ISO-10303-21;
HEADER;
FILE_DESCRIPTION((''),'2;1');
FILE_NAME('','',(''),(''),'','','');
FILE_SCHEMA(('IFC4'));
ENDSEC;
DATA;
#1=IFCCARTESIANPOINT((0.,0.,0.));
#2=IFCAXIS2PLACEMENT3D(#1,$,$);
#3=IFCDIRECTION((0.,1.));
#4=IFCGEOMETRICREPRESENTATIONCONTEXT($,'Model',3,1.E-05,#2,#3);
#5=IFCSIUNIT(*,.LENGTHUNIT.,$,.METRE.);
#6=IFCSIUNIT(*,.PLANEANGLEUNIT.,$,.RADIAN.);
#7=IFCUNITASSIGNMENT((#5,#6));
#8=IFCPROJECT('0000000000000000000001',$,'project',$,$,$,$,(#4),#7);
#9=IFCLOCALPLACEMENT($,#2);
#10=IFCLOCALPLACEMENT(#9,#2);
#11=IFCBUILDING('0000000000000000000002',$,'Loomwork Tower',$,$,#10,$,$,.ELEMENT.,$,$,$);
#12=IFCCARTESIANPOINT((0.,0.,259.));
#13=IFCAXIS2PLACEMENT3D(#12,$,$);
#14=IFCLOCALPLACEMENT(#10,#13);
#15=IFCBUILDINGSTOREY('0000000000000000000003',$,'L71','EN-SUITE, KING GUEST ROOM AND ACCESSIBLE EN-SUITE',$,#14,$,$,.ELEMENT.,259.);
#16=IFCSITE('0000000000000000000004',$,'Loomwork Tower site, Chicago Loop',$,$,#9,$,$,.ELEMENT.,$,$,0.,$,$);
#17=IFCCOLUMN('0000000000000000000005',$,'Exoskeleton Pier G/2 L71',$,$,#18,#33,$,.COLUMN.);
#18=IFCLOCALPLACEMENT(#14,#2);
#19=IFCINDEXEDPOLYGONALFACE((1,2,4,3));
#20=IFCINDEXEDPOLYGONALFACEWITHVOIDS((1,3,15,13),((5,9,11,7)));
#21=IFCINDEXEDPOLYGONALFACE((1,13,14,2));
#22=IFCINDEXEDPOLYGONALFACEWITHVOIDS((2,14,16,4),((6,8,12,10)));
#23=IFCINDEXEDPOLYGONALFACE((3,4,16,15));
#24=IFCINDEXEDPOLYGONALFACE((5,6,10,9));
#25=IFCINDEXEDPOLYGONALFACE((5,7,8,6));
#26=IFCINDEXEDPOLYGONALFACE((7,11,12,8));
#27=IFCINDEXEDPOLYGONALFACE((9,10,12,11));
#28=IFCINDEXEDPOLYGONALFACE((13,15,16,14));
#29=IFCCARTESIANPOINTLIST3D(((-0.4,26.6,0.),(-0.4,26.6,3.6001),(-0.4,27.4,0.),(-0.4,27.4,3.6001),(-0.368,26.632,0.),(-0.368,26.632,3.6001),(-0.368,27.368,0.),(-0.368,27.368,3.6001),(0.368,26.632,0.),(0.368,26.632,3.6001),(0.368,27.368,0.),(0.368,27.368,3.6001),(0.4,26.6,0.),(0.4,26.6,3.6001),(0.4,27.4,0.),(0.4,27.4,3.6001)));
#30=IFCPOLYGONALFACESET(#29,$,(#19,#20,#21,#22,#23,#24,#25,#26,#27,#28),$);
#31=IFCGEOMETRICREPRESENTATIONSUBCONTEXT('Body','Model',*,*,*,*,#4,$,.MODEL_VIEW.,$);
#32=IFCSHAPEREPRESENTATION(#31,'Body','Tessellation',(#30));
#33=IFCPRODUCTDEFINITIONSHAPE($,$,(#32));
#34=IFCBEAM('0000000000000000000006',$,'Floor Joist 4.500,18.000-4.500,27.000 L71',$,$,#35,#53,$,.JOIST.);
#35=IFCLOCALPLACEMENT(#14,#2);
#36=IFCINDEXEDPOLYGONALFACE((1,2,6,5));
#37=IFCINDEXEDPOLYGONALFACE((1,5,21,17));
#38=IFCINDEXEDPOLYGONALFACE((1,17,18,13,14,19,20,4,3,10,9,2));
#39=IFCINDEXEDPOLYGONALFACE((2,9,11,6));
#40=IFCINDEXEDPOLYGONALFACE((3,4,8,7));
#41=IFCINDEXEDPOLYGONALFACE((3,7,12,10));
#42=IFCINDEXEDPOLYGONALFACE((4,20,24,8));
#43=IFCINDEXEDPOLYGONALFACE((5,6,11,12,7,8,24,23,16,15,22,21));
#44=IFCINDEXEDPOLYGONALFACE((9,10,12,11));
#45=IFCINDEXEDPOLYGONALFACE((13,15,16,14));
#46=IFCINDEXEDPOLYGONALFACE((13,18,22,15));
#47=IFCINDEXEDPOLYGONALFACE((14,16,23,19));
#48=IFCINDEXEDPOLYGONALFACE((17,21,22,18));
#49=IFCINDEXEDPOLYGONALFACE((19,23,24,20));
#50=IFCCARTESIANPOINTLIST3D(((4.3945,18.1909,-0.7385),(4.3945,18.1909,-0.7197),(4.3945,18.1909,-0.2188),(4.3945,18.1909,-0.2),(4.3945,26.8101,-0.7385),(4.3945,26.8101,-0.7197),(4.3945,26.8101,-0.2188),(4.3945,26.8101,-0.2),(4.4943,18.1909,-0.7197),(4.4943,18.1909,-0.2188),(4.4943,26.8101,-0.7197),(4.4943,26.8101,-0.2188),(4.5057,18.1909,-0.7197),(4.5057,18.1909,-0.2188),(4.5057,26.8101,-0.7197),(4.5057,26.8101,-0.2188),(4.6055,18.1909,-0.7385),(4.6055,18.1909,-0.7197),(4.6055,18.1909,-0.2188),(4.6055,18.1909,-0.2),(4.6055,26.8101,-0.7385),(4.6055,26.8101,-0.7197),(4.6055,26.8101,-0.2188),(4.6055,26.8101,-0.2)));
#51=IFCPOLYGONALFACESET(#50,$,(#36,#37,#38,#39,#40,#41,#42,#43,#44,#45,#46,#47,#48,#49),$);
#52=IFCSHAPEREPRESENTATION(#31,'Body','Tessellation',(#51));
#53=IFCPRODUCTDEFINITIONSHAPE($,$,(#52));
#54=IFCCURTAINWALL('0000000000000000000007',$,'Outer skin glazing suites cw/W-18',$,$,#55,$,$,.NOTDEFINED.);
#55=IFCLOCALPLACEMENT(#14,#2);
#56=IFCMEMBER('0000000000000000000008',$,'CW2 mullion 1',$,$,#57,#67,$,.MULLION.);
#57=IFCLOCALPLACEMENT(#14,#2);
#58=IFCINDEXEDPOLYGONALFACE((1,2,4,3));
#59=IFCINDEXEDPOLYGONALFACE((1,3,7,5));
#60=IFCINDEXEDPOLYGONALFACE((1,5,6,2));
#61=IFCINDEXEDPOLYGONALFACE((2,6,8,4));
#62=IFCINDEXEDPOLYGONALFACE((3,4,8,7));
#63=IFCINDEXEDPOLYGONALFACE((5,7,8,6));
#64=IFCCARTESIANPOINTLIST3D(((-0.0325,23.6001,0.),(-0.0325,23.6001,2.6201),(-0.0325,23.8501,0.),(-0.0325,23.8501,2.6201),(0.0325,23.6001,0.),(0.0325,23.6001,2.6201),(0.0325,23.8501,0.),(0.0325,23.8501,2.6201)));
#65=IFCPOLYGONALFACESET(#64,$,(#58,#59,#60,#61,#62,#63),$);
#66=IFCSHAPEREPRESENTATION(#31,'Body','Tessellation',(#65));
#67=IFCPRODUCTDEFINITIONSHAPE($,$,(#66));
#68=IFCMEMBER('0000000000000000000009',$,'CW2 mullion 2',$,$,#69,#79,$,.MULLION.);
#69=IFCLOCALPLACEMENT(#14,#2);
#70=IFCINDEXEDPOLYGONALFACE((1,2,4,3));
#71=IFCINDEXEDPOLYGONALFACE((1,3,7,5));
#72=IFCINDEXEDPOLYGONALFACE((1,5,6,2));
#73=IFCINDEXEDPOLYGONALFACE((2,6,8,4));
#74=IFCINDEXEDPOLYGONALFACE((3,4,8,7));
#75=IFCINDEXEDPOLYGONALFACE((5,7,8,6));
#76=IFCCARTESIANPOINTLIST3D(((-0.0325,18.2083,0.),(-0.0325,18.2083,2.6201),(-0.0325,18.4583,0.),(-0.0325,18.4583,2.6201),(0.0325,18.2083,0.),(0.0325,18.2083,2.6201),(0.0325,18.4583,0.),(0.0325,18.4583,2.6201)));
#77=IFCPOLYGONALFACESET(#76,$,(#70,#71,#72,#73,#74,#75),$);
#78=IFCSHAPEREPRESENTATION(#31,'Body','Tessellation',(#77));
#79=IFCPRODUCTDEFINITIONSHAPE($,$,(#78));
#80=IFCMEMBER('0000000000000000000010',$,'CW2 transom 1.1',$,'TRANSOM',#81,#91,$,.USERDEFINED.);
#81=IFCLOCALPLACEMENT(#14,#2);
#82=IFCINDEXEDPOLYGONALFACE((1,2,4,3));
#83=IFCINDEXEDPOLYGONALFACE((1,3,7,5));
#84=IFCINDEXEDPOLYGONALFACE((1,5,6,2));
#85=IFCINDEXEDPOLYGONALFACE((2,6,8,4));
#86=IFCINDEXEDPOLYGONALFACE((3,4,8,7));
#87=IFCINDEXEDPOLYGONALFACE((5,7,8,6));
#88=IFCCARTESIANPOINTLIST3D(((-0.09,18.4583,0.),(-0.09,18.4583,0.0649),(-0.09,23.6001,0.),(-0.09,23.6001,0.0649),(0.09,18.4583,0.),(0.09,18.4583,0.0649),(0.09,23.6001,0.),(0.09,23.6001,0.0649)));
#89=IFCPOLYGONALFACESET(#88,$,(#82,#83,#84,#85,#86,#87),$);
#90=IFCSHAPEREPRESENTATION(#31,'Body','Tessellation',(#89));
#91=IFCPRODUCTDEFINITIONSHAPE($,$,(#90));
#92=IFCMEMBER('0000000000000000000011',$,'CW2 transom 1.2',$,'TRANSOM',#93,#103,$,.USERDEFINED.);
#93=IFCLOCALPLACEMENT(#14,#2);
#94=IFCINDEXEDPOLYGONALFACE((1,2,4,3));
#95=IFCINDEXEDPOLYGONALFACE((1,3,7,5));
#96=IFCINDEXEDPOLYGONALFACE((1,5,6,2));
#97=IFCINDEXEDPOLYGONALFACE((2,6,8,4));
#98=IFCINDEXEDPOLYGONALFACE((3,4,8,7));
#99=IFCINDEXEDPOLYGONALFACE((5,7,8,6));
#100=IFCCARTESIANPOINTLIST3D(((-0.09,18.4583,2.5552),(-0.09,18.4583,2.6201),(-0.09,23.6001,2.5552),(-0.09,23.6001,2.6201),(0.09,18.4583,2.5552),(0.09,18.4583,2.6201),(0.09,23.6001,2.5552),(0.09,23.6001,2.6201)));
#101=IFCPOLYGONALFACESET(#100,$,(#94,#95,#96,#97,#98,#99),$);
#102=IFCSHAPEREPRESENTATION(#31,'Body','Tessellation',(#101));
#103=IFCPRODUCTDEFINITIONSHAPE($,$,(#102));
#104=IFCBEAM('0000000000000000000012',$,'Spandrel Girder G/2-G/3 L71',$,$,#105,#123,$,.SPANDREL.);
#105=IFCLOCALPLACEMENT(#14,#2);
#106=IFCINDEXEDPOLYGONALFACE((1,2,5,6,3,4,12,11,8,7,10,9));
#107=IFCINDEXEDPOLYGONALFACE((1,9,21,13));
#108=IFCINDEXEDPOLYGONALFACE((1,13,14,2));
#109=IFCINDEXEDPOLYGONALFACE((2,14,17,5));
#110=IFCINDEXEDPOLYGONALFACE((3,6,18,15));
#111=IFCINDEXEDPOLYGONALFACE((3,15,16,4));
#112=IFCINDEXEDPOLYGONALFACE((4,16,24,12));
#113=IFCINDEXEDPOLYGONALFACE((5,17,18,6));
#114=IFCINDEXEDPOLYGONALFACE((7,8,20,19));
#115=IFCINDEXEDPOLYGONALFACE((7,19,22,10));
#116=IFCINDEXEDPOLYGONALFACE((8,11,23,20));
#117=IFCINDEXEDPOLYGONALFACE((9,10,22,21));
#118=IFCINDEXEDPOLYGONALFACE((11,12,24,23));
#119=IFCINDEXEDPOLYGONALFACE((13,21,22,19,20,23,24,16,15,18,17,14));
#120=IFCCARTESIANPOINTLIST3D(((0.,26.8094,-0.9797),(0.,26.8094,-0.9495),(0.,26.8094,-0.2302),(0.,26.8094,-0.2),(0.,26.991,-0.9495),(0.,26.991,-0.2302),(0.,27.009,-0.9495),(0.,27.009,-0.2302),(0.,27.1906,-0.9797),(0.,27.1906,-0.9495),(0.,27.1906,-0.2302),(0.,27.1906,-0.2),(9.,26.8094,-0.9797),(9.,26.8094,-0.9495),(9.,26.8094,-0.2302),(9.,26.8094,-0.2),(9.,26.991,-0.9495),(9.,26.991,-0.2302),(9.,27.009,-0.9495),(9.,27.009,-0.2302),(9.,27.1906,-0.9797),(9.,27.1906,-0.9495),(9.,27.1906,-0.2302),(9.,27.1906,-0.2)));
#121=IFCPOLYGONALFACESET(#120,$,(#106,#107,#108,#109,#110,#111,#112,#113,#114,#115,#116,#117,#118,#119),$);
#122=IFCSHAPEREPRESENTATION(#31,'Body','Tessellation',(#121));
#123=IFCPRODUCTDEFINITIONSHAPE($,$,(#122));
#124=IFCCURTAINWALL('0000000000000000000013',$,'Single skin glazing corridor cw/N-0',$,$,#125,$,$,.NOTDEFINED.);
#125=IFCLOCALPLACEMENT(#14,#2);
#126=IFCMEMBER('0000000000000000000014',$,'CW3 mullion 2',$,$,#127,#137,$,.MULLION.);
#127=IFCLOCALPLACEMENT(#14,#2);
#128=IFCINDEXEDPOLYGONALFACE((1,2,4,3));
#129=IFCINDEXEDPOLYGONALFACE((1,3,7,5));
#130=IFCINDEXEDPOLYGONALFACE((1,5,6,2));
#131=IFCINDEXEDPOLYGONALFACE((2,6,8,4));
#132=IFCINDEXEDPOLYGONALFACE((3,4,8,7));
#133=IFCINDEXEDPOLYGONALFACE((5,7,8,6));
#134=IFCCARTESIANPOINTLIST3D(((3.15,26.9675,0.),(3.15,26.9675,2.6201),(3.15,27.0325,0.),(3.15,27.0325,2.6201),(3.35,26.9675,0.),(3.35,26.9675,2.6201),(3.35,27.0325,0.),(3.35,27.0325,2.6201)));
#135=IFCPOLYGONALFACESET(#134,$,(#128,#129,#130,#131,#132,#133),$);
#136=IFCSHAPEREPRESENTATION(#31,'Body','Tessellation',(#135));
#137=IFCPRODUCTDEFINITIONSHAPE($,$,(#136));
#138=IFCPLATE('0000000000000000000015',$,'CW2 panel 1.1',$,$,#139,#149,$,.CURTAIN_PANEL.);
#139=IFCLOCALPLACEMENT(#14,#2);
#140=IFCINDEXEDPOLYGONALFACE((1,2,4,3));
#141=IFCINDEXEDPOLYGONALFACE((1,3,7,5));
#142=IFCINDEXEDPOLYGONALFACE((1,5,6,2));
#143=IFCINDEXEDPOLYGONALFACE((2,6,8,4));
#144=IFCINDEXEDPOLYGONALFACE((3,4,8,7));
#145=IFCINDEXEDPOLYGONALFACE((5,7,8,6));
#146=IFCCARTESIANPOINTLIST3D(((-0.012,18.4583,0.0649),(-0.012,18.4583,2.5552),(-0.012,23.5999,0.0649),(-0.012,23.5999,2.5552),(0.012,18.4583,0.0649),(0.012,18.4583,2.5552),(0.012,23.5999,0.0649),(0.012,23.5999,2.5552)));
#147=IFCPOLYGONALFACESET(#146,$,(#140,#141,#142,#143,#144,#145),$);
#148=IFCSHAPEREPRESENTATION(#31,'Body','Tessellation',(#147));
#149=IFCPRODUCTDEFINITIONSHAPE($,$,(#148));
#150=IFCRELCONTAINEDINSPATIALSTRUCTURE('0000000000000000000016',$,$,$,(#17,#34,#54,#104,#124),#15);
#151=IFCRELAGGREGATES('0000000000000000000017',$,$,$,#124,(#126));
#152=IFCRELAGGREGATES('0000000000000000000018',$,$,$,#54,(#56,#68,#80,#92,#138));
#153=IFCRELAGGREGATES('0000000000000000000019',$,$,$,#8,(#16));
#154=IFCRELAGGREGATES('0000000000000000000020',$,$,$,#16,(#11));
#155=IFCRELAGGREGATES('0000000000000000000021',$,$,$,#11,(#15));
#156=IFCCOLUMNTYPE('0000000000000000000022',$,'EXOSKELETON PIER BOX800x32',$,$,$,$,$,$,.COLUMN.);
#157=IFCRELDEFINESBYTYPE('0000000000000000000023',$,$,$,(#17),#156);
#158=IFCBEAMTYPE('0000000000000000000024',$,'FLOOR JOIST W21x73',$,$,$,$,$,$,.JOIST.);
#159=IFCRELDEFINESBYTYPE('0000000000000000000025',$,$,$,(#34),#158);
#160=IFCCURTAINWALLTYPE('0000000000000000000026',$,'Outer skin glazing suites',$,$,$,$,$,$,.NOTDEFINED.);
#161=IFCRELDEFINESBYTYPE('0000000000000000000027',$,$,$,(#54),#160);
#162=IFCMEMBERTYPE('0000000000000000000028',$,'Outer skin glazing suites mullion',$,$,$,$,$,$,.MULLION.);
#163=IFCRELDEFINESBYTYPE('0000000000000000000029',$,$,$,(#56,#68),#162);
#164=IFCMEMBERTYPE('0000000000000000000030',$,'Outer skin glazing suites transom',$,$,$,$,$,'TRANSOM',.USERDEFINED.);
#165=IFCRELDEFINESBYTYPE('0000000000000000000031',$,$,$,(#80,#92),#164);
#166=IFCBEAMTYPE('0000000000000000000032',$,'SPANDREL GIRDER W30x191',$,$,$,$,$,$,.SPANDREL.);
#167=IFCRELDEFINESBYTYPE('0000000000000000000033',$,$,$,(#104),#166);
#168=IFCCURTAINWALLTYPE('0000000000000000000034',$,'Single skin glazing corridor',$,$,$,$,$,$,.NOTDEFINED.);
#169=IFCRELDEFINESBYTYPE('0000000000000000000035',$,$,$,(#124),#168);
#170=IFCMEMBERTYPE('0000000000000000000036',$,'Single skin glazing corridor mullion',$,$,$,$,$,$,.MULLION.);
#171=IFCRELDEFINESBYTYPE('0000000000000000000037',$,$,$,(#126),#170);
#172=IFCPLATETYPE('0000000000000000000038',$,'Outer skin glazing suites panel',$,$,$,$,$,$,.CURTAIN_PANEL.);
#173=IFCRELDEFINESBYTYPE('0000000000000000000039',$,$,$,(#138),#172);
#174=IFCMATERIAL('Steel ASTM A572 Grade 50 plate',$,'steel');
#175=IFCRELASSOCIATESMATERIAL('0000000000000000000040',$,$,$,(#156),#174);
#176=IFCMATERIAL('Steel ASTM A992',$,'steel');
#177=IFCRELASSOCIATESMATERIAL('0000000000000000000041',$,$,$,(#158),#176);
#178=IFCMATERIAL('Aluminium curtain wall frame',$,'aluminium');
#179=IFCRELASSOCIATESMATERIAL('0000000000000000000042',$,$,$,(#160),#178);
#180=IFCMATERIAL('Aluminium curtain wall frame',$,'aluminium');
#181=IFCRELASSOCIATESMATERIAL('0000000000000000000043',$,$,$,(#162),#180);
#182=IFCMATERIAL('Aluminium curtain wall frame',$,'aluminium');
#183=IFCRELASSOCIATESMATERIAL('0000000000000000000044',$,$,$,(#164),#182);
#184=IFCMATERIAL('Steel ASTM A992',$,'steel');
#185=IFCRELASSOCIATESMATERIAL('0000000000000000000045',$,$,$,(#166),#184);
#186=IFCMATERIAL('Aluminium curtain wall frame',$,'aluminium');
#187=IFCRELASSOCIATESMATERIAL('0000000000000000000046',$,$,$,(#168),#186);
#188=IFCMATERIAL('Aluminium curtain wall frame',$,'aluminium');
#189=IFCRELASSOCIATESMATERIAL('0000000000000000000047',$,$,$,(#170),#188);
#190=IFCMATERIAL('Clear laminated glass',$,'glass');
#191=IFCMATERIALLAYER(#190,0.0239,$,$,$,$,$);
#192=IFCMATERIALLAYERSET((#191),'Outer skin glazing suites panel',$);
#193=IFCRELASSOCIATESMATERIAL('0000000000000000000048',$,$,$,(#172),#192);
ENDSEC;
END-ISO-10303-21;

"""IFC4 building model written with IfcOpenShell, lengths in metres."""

from ifc_helpers import new_model, si_unit, direction, frame, origin, origin_2d, place, context, subcontext, project, spatial, rectangle, hollow_rectangle, i_section, extrude, material, layer, layer_set, material_profile, profile_set, type_object, element, aggregate, save


model = new_model("IFC4")

# Units and contexts
model_context = context("Model", 3, precision=1e-05, world=origin(), true_north=direction((0.0, 1.0)))
body_context = subcontext(model_context, "Body", "Model", "MODEL_VIEW")
ifc_project = project(units=[si_unit("LENGTHUNIT", "METRE"), si_unit("PLANEANGLEUNIT", "RADIAN")], contexts=[model_context])

# Site, building, storey
site_placement = place(None, origin())
site = spatial("IfcSite", under=ifc_project, at=site_placement, Name="Loomwork Tower site, Chicago Loop", CompositionType="ELEMENT", RefElevation=0.0)
building_placement = place(site_placement, origin())
building = spatial("IfcBuilding", under=site, at=building_placement, Name="Loomwork Tower", CompositionType="ELEMENT")
storey_placement = place(building_placement, frame((0.0, 0.0, 259.0)))
storey = spatial("IfcBuildingStorey", under=building, at=storey_placement, Name="L71", Description="EN-SUITE, KING GUEST ROOM AND ACCESSIBLE EN-SUITE", CompositionType="ELEMENT", Elevation=259.0)

# Column
ifc_material_1 = material(Name="Steel ASTM A572 Grade 50 plate", Category="steel")
ifc_material_profile_1 = material_profile(ifc_material_1, hollow_rectangle(XDim=0.8, YDim=0.8, WallThickness=0.032, at=origin_2d()), Name="BOX800x32")
ifc_profile_set_1 = profile_set([ifc_material_profile_1], Name="Steel ASTM A572 Grade 50 plate")
column_type = type_object("IfcColumnType", Name="EXOSKELETON PIER BOX800x32", PredefinedType="COLUMN", material=ifc_profile_set_1)
column_placement = place(storey_placement, frame((0.0, 27.0, 0.0), z_axis=(0.0, 0.0, 1.0), x_axis=(0.0, 1.0, 0.0)))
element("IfcColumn", 1, at=column_placement, inside=storey, type_object=column_type, Name="Exoskeleton Pier G/2 L71", PredefinedType="COLUMN", context=body_context, shape_type="SweptSolid", body=[
    extrude(hollow_rectangle(XDim=0.8, YDim=0.8, WallThickness=0.032, at=origin_2d()), origin(), (0.0, 0.0, 1.0), 3.6001),
])

# Beam
ifc_material_2 = material(Name="Steel ASTM A992", Category="steel")
ifc_material_profile_2 = material_profile(ifc_material_2, i_section(OverallWidth=0.2109, OverallDepth=0.5386, WebThickness=0.0115, FlangeThickness=0.0188, at=origin_2d()), Name="W21x73")
ifc_profile_set_2 = profile_set([ifc_material_profile_2], Name="Steel ASTM A992")
beam_type_1 = type_object("IfcBeamType", Name="FLOOR JOIST W21x73", PredefinedType="JOIST", material=ifc_profile_set_2)
beam_1_placement = place(storey_placement, frame((4.5, 18.1909, -0.4692), z_axis=(0.0, 1.0, 0.0), x_axis=(-1.0, 0.0, 0.0)))
element("IfcBeam", 2, at=beam_1_placement, inside=storey, type_object=beam_type_1, Name="Floor Joist 4.500,18.000-4.500,27.000 L71", PredefinedType="JOIST", context=body_context, shape_type="SweptSolid", body=[
    extrude(i_section(OverallWidth=0.2109, OverallDepth=0.5386, WebThickness=0.0115, FlangeThickness=0.0188, at=origin_2d()), origin(), (0.0, 0.0, 1.0), 8.6191),
])

# Curtain wall, members
ifc_material_3 = material(Name="Aluminium curtain wall frame", Category="aluminium")
curtain_wall_type_1 = type_object("IfcCurtainWallType", Name="Outer skin glazing suites", PredefinedType="NOTDEFINED", material=ifc_material_3)
curtain_wall_1_placement = place(storey_placement, origin())
curtain_wall_1 = element("IfcCurtainWall", 3, at=curtain_wall_1_placement, inside=storey, type_object=curtain_wall_type_1, Name="Outer skin glazing suites cw/W-18", PredefinedType="NOTDEFINED")
ifc_material_4 = material(Name="Aluminium curtain wall frame", Category="aluminium")
ifc_material_profile_3 = material_profile(ifc_material_4, rectangle(XDim=0.0649, YDim=0.25, at=origin_2d()), Name="AL 65x250")
ifc_profile_set_3 = profile_set([ifc_material_profile_3], Name="Aluminium curtain wall frame")
member_type_1 = type_object("IfcMemberType", Name="Outer skin glazing suites mullion", PredefinedType="MULLION", material=ifc_profile_set_3)
member_1_placement = place(storey_placement, frame((0.0, 23.7251, 0.0), z_axis=(0.0, 0.0, 1.0), x_axis=(1.0, 0.0, 0.0)))
member_1 = element("IfcMember", 4, at=member_1_placement, type_object=member_type_1, Name="CW2 mullion 1", PredefinedType="MULLION", context=body_context, shape_type="SweptSolid", body=[
    extrude(rectangle(XDim=0.0649, YDim=0.25, at=origin_2d()), origin(), (0.0, 0.0, 1.0), 2.6201),
])
member_2_placement = place(storey_placement, frame((0.0, 18.3333, 0.0), z_axis=(0.0, 0.0, 1.0), x_axis=(1.0, 0.0, 0.0)))
member_2 = element("IfcMember", 5, at=member_2_placement, type_object=member_type_1, Name="CW2 mullion 2", PredefinedType="MULLION", context=body_context, shape_type="SweptSolid", body=[
    extrude(rectangle(XDim=0.0649, YDim=0.25, at=origin_2d()), origin(), (0.0, 0.0, 1.0), 2.6201),
])
ifc_material_5 = material(Name="Aluminium curtain wall frame", Category="aluminium")
ifc_material_profile_4 = material_profile(ifc_material_5, rectangle(XDim=0.1799, YDim=0.0649, at=origin_2d()), Name="AL 65x180")
ifc_profile_set_4 = profile_set([ifc_material_profile_4], Name="Aluminium curtain wall frame")
member_type_2 = type_object("IfcMemberType", Name="Outer skin glazing suites transom", ElementType="TRANSOM", PredefinedType="USERDEFINED", material=ifc_profile_set_4)
member_3_placement = place(storey_placement, frame((0.0, 23.6001, 0.0325), z_axis=(0.0, -1.0, 0.0), x_axis=(1.0, 0.0, 0.0)))
member_3 = element("IfcMember", 6, at=member_3_placement, type_object=member_type_2, Name="CW2 transom 1.1", ObjectType="TRANSOM", PredefinedType="USERDEFINED", context=body_context, shape_type="SweptSolid", body=[
    extrude(rectangle(XDim=0.1799, YDim=0.0649, at=origin_2d()), origin(), (0.0, 0.0, 1.0), 5.1418),
])
member_4_placement = place(storey_placement, frame((0.0, 23.6001, 2.5876), z_axis=(0.0, -1.0, 0.0), x_axis=(1.0, 0.0, 0.0)))
member_4 = element("IfcMember", 7, at=member_4_placement, type_object=member_type_2, Name="CW2 transom 1.2", ObjectType="TRANSOM", PredefinedType="USERDEFINED", context=body_context, shape_type="SweptSolid", body=[
    extrude(rectangle(XDim=0.1799, YDim=0.0649, at=origin_2d()), origin(), (0.0, 0.0, 1.0), 5.1418),
])

# Beam
ifc_material_6 = material(Name="Steel ASTM A992", Category="steel")
ifc_material_profile_5 = material_profile(ifc_material_6, i_section(OverallWidth=0.3811, OverallDepth=0.7798, WebThickness=0.0181, FlangeThickness=0.0303, at=origin_2d()), Name="W30x191")
ifc_profile_set_5 = profile_set([ifc_material_profile_5], Name="Steel ASTM A992")
beam_type_2 = type_object("IfcBeamType", Name="SPANDREL GIRDER W30x191", PredefinedType="SPANDREL", material=ifc_profile_set_5)
beam_2_placement = place(storey_placement, frame((0.0, 27.0, -0.5898), z_axis=(1.0, 0.0, 0.0), x_axis=(0.0, 1.0, 0.0)))
element("IfcBeam", 8, at=beam_2_placement, inside=storey, type_object=beam_type_2, Name="Spandrel Girder G/2-G/3 L71", PredefinedType="SPANDREL", context=body_context, shape_type="SweptSolid", body=[
    extrude(i_section(OverallWidth=0.3811, OverallDepth=0.7798, WebThickness=0.0181, FlangeThickness=0.0303, at=origin_2d()), origin(), (0.0, 0.0, 1.0), 9.0),
])

# Curtain wall, member
ifc_material_7 = material(Name="Aluminium curtain wall frame", Category="aluminium")
curtain_wall_type_2 = type_object("IfcCurtainWallType", Name="Single skin glazing corridor", PredefinedType="NOTDEFINED", material=ifc_material_7)
curtain_wall_2_placement = place(storey_placement, origin())
curtain_wall_2 = element("IfcCurtainWall", 9, at=curtain_wall_2_placement, inside=storey, type_object=curtain_wall_type_2, Name="Single skin glazing corridor cw/N-0", PredefinedType="NOTDEFINED")
ifc_material_8 = material(Name="Aluminium curtain wall frame", Category="aluminium")
ifc_material_profile_6 = material_profile(ifc_material_8, rectangle(XDim=0.0649, YDim=0.2, at=origin_2d()), Name="AL 65x200")
ifc_profile_set_6 = profile_set([ifc_material_profile_6], Name="Aluminium curtain wall frame")
member_type_3 = type_object("IfcMemberType", Name="Single skin glazing corridor mullion", PredefinedType="MULLION", material=ifc_profile_set_6)
member_5_placement = place(storey_placement, frame((3.25, 27.0, 0.0), z_axis=(0.0, 0.0, 1.0), x_axis=(0.0, -1.0, 0.0)))
member_5 = element("IfcMember", 10, at=member_5_placement, type_object=member_type_3, Name="CW3 mullion 2", PredefinedType="MULLION", context=body_context, shape_type="SweptSolid", body=[
    extrude(rectangle(XDim=0.0649, YDim=0.2, at=origin_2d()), origin(), (0.0, 0.0, 1.0), 2.6201),
])
aggregate(curtain_wall_2, [member_5])

# Plate
ifc_material_9 = material(Name="Clear laminated glass", Category="glass")
ifc_layer_1 = layer(ifc_material_9, 0.0239)
ifc_layer_set_1 = layer_set([ifc_layer_1], Name="Outer skin glazing suites panel")
plate_type = type_object("IfcPlateType", Name="Outer skin glazing suites panel", PredefinedType="CURTAIN_PANEL", material=ifc_layer_set_1)
plate_placement = place(storey_placement, frame((0.0, 21.0291, 0.0649), z_axis=(0.0, 0.0, 1.0), x_axis=(0.0, -1.0, 0.0)))
plate = element("IfcPlate", 11, at=plate_placement, type_object=plate_type, Name="CW2 panel 1.1", PredefinedType="CURTAIN_PANEL", context=body_context, shape_type="SweptSolid", body=[
    extrude(rectangle(XDim=5.1416, YDim=0.0239, at=origin_2d()), origin(), (0.0, 0.0, 1.0), 2.4902),
])
aggregate(curtain_wall_1, [member_1, member_2, member_3, member_4, plate])

save(model, "model.ifc")
